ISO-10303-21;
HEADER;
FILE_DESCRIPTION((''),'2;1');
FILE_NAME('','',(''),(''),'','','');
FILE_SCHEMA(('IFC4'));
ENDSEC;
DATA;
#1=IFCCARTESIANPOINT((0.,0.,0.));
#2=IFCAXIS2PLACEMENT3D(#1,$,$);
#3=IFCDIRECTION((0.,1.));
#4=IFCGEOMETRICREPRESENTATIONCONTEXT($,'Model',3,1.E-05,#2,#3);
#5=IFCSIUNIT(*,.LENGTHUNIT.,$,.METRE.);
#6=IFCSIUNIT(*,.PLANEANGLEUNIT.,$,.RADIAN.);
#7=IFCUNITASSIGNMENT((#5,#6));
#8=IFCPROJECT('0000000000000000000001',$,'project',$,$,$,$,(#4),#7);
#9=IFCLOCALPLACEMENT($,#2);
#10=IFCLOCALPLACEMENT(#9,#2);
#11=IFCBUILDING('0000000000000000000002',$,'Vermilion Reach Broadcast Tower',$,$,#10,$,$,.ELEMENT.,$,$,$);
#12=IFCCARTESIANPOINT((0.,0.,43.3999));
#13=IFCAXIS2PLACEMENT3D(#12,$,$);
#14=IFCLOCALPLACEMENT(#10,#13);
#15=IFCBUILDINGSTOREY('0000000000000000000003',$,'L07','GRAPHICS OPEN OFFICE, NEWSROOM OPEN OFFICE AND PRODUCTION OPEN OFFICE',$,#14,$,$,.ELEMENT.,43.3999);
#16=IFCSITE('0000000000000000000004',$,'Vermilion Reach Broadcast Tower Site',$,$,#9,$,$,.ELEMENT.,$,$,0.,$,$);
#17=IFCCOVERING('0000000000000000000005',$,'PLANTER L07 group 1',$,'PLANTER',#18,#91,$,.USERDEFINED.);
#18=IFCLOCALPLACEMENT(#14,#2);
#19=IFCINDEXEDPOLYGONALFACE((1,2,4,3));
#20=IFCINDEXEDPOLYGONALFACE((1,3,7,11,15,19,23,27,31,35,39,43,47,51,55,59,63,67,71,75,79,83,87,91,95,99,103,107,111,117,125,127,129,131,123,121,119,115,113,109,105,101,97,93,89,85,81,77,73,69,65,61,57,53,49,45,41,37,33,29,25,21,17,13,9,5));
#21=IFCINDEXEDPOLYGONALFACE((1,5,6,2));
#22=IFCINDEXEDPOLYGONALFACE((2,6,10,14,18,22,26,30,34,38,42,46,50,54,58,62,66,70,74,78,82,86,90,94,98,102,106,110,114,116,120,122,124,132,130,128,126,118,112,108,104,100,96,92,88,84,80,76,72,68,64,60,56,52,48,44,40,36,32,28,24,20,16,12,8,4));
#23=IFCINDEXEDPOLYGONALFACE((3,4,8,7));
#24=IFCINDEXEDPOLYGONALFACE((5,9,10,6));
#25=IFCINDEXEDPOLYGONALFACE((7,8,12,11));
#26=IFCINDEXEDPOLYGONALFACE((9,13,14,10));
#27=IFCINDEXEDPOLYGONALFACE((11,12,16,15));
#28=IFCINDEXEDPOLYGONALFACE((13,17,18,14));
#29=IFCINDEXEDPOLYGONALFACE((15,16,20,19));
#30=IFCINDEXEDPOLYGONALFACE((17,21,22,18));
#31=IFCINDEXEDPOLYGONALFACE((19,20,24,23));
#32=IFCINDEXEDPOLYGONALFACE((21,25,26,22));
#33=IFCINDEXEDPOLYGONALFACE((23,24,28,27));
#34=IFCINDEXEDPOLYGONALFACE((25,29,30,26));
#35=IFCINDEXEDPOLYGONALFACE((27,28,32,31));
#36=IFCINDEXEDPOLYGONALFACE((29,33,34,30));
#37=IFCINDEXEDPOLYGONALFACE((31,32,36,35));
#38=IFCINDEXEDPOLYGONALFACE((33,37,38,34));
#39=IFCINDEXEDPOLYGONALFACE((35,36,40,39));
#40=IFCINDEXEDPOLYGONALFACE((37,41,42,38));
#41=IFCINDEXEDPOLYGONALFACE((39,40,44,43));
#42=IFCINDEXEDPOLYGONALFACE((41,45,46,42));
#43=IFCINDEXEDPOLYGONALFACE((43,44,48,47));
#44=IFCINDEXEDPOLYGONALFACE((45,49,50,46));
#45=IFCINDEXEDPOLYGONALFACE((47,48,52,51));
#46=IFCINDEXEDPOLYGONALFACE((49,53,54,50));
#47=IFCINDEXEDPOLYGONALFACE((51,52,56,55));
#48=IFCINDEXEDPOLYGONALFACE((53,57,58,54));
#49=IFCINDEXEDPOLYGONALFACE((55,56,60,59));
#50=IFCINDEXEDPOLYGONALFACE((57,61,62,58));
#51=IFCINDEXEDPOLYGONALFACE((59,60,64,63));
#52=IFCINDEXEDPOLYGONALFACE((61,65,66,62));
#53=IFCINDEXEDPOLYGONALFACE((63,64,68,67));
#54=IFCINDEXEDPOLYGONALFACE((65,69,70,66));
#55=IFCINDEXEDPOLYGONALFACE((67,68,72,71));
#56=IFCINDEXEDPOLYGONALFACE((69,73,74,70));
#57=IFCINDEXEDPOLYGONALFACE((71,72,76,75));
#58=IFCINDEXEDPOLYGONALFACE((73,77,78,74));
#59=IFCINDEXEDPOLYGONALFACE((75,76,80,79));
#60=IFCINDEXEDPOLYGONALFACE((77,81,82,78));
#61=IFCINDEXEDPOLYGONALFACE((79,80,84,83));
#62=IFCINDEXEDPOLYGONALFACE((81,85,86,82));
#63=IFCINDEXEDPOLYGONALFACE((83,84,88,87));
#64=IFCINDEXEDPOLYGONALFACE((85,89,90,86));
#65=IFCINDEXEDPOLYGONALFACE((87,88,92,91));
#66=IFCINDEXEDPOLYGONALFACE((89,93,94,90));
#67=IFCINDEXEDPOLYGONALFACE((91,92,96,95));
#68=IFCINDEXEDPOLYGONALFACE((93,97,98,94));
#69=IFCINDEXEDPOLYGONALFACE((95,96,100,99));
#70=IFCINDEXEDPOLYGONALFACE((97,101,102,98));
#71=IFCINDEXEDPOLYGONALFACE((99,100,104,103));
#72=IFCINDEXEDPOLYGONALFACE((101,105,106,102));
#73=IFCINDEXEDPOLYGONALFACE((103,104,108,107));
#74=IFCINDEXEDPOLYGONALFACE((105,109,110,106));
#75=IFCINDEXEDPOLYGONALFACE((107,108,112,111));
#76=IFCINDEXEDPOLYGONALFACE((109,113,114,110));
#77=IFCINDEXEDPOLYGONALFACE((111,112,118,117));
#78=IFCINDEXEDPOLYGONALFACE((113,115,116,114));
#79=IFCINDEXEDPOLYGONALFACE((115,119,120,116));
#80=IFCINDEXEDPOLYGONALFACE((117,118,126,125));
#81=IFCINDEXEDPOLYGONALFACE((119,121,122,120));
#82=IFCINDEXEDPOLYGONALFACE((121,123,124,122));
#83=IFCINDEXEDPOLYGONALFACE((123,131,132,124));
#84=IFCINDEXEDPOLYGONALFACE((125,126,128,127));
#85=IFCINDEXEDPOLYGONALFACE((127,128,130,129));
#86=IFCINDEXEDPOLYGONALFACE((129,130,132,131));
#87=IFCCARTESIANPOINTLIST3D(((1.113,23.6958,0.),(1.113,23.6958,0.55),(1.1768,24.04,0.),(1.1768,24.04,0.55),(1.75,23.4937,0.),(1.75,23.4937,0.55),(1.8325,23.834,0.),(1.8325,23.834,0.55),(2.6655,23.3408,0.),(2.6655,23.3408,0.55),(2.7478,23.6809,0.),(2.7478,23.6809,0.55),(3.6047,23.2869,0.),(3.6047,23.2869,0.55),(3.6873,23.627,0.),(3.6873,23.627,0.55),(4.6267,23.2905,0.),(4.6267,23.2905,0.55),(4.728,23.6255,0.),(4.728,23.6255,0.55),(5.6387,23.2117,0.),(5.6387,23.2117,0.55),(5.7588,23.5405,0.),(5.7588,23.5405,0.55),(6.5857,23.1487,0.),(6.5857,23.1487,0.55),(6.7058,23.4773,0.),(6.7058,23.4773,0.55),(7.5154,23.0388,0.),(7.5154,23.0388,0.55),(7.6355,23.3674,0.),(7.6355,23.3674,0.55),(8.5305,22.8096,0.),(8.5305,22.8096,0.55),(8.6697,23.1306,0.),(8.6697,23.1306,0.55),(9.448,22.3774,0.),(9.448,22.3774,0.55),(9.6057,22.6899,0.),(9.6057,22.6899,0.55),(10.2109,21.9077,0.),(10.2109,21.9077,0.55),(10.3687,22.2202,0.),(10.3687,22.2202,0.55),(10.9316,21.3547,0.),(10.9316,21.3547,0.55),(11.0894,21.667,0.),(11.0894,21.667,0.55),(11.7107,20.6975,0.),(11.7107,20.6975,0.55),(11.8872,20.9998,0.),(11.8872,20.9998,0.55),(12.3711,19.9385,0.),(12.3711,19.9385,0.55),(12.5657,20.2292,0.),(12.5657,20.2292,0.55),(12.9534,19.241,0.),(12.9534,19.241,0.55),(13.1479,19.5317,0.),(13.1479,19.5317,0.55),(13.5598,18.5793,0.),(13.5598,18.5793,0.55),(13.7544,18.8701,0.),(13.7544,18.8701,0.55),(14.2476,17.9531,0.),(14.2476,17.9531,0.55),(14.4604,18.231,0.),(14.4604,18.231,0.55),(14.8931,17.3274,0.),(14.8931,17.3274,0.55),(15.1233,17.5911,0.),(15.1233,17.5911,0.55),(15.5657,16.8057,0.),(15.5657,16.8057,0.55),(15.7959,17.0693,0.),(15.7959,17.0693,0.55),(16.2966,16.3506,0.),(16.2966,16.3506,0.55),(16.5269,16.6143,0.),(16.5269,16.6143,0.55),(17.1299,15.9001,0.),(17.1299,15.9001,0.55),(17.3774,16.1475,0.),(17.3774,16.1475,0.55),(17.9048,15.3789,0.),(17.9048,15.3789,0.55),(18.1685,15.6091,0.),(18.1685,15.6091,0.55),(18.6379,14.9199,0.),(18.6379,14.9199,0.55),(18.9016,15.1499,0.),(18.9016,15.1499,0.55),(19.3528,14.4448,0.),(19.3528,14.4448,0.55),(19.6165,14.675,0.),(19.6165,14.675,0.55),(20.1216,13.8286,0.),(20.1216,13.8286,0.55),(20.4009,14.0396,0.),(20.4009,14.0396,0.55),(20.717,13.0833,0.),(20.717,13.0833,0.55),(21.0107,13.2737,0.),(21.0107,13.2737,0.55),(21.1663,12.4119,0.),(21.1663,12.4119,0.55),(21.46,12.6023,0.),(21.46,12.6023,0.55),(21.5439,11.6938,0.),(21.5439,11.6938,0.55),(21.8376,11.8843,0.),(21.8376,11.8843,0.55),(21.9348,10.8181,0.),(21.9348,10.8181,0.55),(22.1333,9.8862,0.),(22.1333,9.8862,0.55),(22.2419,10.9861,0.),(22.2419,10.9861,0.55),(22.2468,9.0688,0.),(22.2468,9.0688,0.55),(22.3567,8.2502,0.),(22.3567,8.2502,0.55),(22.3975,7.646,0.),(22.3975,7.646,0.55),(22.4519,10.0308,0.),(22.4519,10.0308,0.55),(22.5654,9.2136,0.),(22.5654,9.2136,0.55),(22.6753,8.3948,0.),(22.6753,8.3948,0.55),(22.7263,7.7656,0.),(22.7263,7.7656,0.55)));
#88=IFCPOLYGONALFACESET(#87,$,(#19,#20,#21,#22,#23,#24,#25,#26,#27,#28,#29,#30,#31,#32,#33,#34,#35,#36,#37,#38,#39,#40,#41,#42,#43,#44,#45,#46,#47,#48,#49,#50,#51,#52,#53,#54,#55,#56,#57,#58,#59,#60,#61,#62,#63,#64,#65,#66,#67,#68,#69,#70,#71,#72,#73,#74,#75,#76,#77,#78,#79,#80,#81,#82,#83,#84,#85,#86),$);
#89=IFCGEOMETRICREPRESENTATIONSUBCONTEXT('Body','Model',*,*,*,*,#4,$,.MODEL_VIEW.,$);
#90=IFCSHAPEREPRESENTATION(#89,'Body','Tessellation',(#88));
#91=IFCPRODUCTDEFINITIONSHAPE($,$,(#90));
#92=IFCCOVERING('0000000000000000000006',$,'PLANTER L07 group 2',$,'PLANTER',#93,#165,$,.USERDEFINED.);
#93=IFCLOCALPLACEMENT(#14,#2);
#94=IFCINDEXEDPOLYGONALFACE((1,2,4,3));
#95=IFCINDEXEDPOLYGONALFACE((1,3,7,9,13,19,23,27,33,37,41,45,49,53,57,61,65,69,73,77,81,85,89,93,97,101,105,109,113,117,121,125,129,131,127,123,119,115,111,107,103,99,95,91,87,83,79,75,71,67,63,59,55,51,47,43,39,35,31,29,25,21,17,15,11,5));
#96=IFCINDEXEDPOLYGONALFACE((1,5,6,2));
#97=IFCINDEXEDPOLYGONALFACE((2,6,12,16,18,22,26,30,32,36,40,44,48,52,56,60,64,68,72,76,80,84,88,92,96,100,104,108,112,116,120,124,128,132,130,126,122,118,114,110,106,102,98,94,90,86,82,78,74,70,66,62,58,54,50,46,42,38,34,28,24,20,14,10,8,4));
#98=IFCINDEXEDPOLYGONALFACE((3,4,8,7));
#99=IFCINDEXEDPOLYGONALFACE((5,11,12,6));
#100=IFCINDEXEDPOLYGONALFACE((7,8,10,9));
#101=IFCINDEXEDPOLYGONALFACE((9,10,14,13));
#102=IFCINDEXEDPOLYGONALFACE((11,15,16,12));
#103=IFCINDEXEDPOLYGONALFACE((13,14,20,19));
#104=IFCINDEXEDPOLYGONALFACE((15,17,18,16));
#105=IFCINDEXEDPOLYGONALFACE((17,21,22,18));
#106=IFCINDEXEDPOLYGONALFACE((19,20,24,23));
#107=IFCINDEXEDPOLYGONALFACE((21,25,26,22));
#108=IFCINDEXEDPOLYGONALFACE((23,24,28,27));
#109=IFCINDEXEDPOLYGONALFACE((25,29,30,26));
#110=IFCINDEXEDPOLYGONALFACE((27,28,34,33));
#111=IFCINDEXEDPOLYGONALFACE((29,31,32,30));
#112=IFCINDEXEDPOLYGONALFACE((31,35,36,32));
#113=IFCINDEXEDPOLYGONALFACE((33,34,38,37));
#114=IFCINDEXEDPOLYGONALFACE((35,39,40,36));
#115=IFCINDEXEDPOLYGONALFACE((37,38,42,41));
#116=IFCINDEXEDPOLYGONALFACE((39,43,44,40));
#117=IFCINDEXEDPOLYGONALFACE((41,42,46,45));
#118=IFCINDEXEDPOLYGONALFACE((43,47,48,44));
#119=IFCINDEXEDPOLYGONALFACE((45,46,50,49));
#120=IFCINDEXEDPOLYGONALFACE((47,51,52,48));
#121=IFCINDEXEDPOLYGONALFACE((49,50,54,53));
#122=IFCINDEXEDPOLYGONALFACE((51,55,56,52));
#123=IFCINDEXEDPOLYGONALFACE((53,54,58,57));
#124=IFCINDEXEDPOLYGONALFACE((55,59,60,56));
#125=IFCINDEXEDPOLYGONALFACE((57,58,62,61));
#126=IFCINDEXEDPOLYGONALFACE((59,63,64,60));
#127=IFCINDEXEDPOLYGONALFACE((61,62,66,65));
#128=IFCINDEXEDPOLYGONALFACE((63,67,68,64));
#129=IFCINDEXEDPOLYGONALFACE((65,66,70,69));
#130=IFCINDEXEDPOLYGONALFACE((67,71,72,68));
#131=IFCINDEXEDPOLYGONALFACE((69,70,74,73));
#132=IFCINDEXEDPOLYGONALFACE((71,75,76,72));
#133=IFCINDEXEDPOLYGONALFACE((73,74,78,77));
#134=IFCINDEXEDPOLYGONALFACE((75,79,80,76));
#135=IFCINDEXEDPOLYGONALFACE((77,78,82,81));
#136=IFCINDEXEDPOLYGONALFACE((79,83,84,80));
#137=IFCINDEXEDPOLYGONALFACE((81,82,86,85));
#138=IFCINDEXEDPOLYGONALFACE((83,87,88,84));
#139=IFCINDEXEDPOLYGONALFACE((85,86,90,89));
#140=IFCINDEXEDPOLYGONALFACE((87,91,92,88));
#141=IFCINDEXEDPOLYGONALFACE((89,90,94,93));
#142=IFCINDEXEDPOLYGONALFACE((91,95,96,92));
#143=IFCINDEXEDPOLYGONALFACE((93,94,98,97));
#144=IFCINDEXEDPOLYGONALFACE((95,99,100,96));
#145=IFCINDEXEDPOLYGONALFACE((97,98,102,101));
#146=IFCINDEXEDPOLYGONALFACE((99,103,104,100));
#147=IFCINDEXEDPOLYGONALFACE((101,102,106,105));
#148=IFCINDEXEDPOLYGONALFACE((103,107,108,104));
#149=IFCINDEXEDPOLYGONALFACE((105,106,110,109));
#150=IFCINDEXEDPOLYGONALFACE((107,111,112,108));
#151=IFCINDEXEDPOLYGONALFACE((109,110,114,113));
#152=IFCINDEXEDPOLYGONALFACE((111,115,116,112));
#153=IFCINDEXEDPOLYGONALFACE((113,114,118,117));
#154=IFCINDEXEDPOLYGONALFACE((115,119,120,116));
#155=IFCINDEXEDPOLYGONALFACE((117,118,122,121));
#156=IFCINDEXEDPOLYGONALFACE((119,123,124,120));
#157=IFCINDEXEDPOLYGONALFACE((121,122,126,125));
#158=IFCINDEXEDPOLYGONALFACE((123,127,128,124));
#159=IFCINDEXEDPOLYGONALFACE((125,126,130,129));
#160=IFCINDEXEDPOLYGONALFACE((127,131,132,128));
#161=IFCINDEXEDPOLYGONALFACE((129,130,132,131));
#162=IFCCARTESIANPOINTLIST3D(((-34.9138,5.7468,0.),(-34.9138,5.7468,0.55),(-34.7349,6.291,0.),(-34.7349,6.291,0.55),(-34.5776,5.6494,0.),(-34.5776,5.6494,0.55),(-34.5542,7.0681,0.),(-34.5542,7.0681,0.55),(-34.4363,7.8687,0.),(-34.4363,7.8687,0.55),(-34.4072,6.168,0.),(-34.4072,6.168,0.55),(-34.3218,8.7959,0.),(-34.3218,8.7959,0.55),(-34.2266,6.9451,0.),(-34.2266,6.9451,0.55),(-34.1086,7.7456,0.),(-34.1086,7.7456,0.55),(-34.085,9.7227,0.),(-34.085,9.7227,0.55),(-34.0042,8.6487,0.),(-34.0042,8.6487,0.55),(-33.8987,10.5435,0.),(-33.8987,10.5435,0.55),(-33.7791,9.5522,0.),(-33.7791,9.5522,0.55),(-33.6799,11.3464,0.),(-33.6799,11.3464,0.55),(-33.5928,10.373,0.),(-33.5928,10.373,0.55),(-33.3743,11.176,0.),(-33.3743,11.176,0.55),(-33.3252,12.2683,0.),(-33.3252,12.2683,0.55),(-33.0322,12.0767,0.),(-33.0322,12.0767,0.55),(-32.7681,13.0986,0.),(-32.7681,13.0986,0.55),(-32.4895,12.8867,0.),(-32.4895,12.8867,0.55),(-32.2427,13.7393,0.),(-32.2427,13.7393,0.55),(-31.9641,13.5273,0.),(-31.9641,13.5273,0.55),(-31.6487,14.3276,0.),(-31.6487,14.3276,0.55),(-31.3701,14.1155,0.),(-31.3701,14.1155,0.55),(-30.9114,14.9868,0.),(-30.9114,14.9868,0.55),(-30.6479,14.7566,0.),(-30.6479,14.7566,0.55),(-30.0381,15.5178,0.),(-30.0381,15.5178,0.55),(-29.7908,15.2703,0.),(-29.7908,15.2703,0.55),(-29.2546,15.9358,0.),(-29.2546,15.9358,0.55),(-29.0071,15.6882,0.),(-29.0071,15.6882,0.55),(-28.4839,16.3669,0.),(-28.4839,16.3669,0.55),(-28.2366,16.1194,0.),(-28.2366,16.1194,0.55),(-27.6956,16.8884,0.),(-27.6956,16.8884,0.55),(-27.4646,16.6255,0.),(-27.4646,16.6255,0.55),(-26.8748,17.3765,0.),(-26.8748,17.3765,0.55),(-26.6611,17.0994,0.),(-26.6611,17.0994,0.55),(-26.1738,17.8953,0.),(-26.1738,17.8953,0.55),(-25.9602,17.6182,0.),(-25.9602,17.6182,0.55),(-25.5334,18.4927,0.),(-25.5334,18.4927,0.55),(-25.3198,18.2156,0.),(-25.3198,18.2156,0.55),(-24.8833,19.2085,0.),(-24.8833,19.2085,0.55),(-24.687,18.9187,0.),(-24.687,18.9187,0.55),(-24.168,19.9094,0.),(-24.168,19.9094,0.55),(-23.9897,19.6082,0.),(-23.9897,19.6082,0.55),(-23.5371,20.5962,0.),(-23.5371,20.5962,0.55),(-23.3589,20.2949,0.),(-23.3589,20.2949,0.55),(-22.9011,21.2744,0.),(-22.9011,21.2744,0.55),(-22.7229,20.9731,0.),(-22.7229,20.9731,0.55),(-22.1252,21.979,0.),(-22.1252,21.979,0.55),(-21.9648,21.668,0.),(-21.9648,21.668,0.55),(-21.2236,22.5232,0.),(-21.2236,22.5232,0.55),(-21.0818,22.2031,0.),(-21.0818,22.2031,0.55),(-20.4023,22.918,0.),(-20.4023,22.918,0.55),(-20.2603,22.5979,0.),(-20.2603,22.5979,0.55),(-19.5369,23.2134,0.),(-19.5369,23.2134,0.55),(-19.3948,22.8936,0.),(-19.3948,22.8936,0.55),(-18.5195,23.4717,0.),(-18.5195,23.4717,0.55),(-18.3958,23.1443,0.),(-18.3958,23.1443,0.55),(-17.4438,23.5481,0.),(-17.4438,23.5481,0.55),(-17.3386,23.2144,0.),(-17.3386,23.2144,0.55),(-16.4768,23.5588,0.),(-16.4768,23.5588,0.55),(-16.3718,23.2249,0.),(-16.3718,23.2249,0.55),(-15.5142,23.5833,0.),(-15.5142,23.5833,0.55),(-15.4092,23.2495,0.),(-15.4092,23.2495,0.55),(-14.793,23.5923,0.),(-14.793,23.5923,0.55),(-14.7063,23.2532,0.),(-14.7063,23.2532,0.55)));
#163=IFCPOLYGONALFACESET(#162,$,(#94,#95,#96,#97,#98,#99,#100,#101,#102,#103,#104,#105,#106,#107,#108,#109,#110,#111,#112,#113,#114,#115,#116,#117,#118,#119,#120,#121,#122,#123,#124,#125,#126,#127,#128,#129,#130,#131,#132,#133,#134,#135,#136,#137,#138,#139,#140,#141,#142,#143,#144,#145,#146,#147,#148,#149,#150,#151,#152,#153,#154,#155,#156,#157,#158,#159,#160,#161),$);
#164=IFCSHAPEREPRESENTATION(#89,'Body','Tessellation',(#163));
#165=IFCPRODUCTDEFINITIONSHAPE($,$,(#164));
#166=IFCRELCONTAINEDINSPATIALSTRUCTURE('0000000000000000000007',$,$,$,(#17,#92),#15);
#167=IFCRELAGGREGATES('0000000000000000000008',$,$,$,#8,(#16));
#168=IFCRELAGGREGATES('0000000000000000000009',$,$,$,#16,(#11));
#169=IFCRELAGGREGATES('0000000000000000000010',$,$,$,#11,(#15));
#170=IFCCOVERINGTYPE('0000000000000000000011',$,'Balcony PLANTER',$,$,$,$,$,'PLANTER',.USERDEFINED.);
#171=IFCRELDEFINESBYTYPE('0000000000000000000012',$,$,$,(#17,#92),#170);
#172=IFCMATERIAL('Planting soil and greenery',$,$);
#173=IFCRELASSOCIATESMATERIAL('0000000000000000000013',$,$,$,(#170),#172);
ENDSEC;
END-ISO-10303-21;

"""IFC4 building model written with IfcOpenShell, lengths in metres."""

from ifc_helpers import new_model, si_unit, direction, frame, origin, place, context, subcontext, project, spatial, polyline, outline, extrude, material, type_object, element, save


model = new_model("IFC4")

# Units and contexts
model_context = context("Model", 3, precision=1e-05, world=origin(), true_north=direction((0.0, 1.0)))
body_context = subcontext(model_context, "Body", "Model", "MODEL_VIEW")
ifc_project = project(units=[si_unit("LENGTHUNIT", "METRE"), si_unit("PLANEANGLEUNIT", "RADIAN")], contexts=[model_context])

# Site, building, storey
site_placement = place(None, origin())
site = spatial("IfcSite", under=ifc_project, at=site_placement, Name="Vermilion Reach Broadcast Tower Site", CompositionType="ELEMENT", RefElevation=0.0)
building_placement = place(site_placement, origin())
building = spatial("IfcBuilding", under=site, at=building_placement, Name="Vermilion Reach Broadcast Tower", CompositionType="ELEMENT")
storey_placement = place(building_placement, frame((0.0, 0.0, 43.3999)))
storey = spatial("IfcBuildingStorey", under=building, at=storey_placement, Name="L07", Description="GRAPHICS OPEN OFFICE, NEWSROOM OPEN OFFICE AND PRODUCTION OPEN OFFICE", CompositionType="ELEMENT", Elevation=43.3999)

# Shared definitions
placement_1 = place(storey_placement, origin())

# Coverings
ifc_material_1 = material(Name="Planting soil and greenery")
covering_type = type_object("IfcCoveringType", Name="Balcony PLANTER", ElementType="PLANTER", PredefinedType="USERDEFINED", material=ifc_material_1)
element("IfcCovering", 1, at=placement_1, inside=storey, type_object=covering_type, Name="PLANTER L07 group 1", ObjectType="PLANTER", PredefinedType="USERDEFINED", context=body_context, shape_type="SweptSolid", body=[
    extrude(outline(polyline([(22.7263, 7.7656), (22.6753, 8.3948), (22.5654, 9.2136), (22.4519, 10.0308), (22.2419, 10.9861), (21.8376, 11.8843), (21.46, 12.6023), (21.0107, 13.2737), (20.4009, 14.0396), (19.6165, 14.675), (18.9016, 15.1499), (18.1685, 15.6091), (17.3774, 16.1475), (16.5269, 16.6143), (15.7959, 17.0693), (15.1233, 17.5911), (14.4604, 18.231), (13.7544, 18.8701), (13.1479, 19.5317), (12.5657, 20.2292), (11.8872, 20.9998), (11.0894, 21.667), (10.3687, 22.2202), (9.6057, 22.6899), (8.6697, 23.1306), (7.6355, 23.3674), (6.7058, 23.4773), (5.7588, 23.5405), (4.728, 23.6255), (3.6873, 23.627), (2.7478, 23.6809), (1.8325, 23.834), (1.1768, 24.04), (1.113, 23.6958), (1.75, 23.4937), (2.6655, 23.3408), (3.6047, 23.2869), (4.6267, 23.2905), (5.6387, 23.2117), (6.5857, 23.1487), (7.5154, 23.0388), (8.5305, 22.8096), (9.448, 22.3774), (10.2109, 21.9077), (10.9316, 21.3547), (11.7107, 20.6975), (12.3711, 19.9385), (12.9534, 19.241), (13.5598, 18.5793), (14.2476, 17.9531), (14.8931, 17.3274), (15.5657, 16.8057), (16.2966, 16.3506), (17.1299, 15.9001), (17.9048, 15.3789), (18.6379, 14.9199), (19.3528, 14.4448), (20.1216, 13.8286), (20.717, 13.0833), (21.1663, 12.4119), (21.5439, 11.6938), (21.9348, 10.8181), (22.1333, 9.8862), (22.2468, 9.0688), (22.3567, 8.2502), (22.3975, 7.646), (22.7263, 7.7656)])), origin(), (0.0, 0.0, 1.0), 0.55),
])
element("IfcCovering", 2, at=placement_1, inside=storey, type_object=covering_type, Name="PLANTER L07 group 2", ObjectType="PLANTER", PredefinedType="USERDEFINED", context=body_context, shape_type="SweptSolid", body=[
    extrude(outline(polyline([(-14.793, 23.5923), (-15.5142, 23.5833), (-16.4768, 23.5588), (-17.4438, 23.5481), (-18.5195, 23.4717), (-19.5369, 23.2134), (-20.4023, 22.918), (-21.2236, 22.5232), (-22.1252, 21.979), (-22.9011, 21.2744), (-23.5371, 20.5962), (-24.168, 19.9094), (-24.8833, 19.2085), (-25.5334, 18.4927), (-26.1738, 17.8953), (-26.8748, 17.3765), (-27.6956, 16.8884), (-28.4839, 16.3669), (-29.2546, 15.9358), (-30.0381, 15.5178), (-30.9114, 14.9868), (-31.6487, 14.3276), (-32.2427, 13.7393), (-32.7681, 13.0986), (-33.3252, 12.2683), (-33.6799, 11.3464), (-33.8987, 10.5435), (-34.085, 9.7227), (-34.3218, 8.7959), (-34.4363, 7.8687), (-34.5542, 7.0681), (-34.7349, 6.291), (-34.9138, 5.7468), (-34.5776, 5.6494), (-34.4072, 6.168), (-34.2266, 6.9451), (-34.1086, 7.7456), (-34.0042, 8.6487), (-33.7791, 9.5522), (-33.5928, 10.373), (-33.3743, 11.176), (-33.0322, 12.0767), (-32.4895, 12.8867), (-31.9641, 13.5273), (-31.3701, 14.1155), (-30.6479, 14.7566), (-29.7908, 15.2703), (-29.0071, 15.6882), (-28.2366, 16.1194), (-27.4646, 16.6255), (-26.6611, 17.0994), (-25.9602, 17.6182), (-25.3198, 18.2156), (-24.687, 18.9187), (-23.9897, 19.6082), (-23.3589, 20.2949), (-22.7229, 20.9731), (-21.9648, 21.668), (-21.0818, 22.2031), (-20.2603, 22.5979), (-19.3948, 22.8936), (-18.3958, 23.1443), (-17.3386, 23.2144), (-16.3718, 23.2249), (-15.4092, 23.2495), (-14.7063, 23.2532), (-14.793, 23.5923)])), origin(), (0.0, 0.0, 1.0), 0.55),
])

save(model, "model.ifc")
